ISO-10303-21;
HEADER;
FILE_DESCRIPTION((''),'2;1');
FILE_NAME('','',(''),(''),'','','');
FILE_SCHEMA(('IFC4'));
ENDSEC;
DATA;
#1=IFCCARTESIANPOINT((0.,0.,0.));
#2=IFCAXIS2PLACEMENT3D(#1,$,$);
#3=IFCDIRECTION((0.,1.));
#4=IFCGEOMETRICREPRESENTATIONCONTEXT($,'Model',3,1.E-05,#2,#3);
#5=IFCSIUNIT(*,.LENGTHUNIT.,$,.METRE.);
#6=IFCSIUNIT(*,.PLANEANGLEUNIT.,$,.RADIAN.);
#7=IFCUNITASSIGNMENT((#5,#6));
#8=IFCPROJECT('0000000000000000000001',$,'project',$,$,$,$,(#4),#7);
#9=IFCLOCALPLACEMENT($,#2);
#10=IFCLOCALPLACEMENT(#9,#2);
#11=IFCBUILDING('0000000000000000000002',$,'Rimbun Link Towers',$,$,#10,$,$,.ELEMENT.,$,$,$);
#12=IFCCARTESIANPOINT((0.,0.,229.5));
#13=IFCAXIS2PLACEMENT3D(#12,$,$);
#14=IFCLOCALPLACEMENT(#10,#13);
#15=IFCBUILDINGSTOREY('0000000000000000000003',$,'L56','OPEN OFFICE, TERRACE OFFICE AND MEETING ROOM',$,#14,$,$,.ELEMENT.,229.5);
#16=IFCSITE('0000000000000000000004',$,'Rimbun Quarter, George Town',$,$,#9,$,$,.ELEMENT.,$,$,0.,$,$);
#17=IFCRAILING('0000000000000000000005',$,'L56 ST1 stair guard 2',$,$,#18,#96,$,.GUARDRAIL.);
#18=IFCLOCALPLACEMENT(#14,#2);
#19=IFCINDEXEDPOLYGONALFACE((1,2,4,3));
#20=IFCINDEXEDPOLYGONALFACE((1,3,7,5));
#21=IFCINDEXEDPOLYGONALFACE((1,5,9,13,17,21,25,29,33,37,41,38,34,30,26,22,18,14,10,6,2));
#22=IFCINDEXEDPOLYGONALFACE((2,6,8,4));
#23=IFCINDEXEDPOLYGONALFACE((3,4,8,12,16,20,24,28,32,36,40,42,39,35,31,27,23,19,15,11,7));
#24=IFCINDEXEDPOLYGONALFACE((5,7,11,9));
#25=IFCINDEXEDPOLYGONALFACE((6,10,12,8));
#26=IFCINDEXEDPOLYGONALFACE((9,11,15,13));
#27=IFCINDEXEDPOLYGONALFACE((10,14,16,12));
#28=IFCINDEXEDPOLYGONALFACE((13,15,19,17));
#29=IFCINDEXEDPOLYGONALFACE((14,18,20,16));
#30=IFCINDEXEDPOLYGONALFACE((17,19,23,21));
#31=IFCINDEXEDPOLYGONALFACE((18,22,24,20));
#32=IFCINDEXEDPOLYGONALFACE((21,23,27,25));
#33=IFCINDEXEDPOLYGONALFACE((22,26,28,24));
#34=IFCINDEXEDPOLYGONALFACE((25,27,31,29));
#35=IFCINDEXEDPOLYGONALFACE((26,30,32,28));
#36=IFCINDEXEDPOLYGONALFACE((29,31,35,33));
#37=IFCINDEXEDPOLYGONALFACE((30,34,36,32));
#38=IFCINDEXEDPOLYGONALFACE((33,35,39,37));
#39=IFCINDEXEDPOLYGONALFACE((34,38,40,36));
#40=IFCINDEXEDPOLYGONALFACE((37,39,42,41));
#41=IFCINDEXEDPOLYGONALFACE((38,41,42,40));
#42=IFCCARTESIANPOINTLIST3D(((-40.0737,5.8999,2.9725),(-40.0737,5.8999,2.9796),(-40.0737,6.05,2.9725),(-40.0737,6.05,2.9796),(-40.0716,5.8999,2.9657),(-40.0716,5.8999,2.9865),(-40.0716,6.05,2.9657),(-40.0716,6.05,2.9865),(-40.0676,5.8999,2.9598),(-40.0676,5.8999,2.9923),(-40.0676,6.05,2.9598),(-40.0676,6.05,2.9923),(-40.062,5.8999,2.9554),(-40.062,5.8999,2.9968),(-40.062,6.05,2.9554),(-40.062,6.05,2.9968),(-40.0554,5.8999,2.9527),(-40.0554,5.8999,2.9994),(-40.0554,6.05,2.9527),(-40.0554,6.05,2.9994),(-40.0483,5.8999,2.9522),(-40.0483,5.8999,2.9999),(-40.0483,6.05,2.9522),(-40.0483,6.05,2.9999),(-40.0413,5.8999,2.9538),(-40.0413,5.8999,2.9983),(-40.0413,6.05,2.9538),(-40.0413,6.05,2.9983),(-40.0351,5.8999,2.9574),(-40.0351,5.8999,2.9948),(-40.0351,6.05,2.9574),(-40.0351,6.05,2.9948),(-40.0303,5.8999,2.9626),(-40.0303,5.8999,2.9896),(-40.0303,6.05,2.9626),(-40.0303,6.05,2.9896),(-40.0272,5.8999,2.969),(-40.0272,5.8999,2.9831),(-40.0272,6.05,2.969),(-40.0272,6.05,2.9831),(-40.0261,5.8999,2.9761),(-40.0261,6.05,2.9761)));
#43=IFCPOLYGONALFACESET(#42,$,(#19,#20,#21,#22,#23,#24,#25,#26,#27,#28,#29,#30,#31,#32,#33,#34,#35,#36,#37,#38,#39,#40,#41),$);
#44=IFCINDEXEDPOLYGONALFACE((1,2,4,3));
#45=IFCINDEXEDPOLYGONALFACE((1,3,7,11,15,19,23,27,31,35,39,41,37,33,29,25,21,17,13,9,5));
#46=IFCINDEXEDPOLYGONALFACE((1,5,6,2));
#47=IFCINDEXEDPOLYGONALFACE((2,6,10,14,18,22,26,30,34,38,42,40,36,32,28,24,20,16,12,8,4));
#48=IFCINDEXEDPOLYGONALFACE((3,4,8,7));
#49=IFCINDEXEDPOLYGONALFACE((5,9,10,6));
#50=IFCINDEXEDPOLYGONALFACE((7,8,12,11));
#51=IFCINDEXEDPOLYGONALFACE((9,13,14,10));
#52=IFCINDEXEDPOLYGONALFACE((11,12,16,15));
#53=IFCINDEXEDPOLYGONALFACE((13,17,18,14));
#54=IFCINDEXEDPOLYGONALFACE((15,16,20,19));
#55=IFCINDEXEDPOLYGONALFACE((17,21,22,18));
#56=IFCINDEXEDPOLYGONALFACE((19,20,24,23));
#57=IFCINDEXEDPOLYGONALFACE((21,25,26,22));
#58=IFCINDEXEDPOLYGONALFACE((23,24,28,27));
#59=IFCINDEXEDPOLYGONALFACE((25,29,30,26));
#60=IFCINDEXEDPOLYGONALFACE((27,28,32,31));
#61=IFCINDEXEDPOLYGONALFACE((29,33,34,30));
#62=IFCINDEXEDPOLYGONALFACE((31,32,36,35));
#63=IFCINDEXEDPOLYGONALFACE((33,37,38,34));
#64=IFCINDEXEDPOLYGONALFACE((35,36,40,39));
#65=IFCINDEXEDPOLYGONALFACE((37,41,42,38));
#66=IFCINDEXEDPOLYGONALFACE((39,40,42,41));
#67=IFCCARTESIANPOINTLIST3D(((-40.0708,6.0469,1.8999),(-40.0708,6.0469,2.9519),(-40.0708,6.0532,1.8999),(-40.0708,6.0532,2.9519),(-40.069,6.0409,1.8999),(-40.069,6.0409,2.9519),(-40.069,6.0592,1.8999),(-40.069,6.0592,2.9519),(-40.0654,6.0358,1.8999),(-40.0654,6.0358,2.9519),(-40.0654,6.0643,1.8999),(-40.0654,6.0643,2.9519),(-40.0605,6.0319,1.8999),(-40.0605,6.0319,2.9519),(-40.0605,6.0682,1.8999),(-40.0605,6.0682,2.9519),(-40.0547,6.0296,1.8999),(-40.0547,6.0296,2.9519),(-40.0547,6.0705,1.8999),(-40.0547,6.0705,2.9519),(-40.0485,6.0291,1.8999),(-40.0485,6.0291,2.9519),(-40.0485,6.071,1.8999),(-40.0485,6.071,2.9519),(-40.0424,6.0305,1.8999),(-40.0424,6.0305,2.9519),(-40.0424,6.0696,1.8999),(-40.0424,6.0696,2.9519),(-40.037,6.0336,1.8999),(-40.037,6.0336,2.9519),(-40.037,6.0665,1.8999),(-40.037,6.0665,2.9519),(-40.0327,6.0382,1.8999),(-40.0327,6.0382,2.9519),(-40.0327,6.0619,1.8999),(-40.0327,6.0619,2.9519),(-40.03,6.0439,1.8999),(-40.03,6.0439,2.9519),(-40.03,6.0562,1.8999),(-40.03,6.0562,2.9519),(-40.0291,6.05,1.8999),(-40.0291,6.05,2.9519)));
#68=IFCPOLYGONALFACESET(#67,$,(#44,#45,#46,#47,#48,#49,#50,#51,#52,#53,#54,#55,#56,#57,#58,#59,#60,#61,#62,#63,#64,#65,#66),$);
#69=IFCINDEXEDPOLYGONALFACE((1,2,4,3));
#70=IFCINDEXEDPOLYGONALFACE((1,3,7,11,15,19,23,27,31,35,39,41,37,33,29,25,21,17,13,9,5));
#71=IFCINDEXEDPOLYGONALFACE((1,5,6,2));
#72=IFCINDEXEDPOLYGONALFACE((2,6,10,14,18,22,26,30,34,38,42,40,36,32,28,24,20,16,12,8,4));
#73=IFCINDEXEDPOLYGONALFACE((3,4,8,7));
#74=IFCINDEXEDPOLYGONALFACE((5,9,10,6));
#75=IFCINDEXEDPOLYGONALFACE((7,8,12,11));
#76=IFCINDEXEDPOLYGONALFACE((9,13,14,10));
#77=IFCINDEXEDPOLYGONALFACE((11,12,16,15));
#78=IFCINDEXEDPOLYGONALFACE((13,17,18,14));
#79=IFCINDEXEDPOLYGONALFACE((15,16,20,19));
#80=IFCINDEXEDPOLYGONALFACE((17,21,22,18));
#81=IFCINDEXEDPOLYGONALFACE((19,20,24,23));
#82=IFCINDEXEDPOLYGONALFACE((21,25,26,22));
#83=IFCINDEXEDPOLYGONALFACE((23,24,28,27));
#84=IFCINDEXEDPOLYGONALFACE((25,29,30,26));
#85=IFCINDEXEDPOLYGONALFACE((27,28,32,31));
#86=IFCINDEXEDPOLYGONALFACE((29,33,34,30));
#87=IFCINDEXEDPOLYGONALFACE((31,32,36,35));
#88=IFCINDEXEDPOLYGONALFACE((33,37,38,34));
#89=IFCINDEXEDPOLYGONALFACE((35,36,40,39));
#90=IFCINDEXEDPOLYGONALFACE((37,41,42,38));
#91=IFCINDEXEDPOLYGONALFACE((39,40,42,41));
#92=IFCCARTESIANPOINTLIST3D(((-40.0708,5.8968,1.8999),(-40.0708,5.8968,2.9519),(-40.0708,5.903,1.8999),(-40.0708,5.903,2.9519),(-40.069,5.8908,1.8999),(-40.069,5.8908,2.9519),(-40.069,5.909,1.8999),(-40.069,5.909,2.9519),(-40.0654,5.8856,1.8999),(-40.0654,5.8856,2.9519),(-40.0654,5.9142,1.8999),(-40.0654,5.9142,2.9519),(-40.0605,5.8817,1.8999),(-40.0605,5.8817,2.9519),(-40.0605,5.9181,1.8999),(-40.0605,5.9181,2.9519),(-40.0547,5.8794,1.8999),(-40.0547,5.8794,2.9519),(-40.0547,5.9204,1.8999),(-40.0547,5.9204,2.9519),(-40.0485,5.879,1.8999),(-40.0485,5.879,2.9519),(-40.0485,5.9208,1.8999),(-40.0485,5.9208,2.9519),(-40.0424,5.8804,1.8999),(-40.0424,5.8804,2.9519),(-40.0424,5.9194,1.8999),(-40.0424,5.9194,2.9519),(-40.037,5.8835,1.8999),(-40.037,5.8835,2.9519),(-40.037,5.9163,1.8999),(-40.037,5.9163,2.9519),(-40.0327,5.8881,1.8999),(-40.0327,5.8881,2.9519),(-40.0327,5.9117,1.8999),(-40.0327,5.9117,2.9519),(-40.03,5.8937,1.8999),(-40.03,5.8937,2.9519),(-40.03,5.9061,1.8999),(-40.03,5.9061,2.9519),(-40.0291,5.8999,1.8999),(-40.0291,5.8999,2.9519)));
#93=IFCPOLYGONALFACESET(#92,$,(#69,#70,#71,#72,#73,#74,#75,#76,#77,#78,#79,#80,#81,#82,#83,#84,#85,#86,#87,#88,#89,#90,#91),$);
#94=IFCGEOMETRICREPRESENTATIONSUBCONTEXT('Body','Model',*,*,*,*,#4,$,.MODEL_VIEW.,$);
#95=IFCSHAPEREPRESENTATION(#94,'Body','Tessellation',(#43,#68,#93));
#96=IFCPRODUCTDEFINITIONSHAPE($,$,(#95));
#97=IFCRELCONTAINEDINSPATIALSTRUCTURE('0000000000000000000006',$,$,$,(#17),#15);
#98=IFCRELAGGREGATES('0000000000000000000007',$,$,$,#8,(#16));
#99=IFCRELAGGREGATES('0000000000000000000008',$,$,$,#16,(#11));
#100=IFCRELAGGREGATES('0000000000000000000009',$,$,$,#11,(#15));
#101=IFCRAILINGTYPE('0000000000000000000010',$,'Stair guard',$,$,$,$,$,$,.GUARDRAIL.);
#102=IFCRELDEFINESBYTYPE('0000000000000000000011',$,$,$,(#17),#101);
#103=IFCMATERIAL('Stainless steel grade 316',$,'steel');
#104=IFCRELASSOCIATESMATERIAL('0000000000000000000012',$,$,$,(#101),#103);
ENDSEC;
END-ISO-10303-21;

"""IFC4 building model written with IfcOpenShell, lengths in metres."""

from ifc_helpers import new_model, si_unit, direction, frame, origin, origin_2d, place, context, subcontext, project, spatial, circle, extrude, material, type_object, element, save


model = new_model("IFC4")

# Units and contexts
model_context = context("Model", 3, precision=1e-05, world=origin(), true_north=direction((0.0, 1.0)))
body_context = subcontext(model_context, "Body", "Model", "MODEL_VIEW")
ifc_project = project(units=[si_unit("LENGTHUNIT", "METRE"), si_unit("PLANEANGLEUNIT", "RADIAN")], contexts=[model_context])

# Site, building, storey
site_placement = place(None, origin())
site = spatial("IfcSite", under=ifc_project, at=site_placement, Name="Rimbun Quarter, George Town", CompositionType="ELEMENT", RefElevation=0.0)
building_placement = place(site_placement, origin())
building = spatial("IfcBuilding", under=site, at=building_placement, Name="Rimbun Link Towers", CompositionType="ELEMENT")
storey_placement = place(building_placement, frame((0.0, 0.0, 229.5)))
storey = spatial("IfcBuildingStorey", under=building, at=storey_placement, Name="L56", Description="OPEN OFFICE, TERRACE OFFICE AND MEETING ROOM", CompositionType="ELEMENT", Elevation=229.5)

# Railing
ifc_material_1 = material(Name="Stainless steel grade 316", Category="steel")
railing_type_1 = type_object("IfcRailingType", Name="Stair guard", PredefinedType="GUARDRAIL", material=ifc_material_1)
railing_1_placement = place(storey_placement, frame((-40.05, 6.05, 1.8999)))
element("IfcRailing", 1, at=railing_1_placement, inside=storey, type_object=railing_type_1, Name="L56 ST1 stair guard 2", PredefinedType="GUARDRAIL", context=body_context, shape_type="SweptSolid", body=[
    extrude(circle(Radius=0.0239, at=origin_2d()), frame((0.0, 0.0, 1.0762), z_axis=(0.0, -1.0, 0.0), x_axis=(1.0, 0.0, 0.0)), (0.0, 0.0, 1.0), 0.1501),
    extrude(circle(Radius=0.021, at=origin_2d()), origin(), (0.0, 0.0, 1.0), 1.052),
    extrude(circle(Radius=0.021, at=origin_2d()), frame((0.0, -0.1501, 0.0)), (0.0, 0.0, 1.0), 1.052),
])

save(model, "model.ifc")
